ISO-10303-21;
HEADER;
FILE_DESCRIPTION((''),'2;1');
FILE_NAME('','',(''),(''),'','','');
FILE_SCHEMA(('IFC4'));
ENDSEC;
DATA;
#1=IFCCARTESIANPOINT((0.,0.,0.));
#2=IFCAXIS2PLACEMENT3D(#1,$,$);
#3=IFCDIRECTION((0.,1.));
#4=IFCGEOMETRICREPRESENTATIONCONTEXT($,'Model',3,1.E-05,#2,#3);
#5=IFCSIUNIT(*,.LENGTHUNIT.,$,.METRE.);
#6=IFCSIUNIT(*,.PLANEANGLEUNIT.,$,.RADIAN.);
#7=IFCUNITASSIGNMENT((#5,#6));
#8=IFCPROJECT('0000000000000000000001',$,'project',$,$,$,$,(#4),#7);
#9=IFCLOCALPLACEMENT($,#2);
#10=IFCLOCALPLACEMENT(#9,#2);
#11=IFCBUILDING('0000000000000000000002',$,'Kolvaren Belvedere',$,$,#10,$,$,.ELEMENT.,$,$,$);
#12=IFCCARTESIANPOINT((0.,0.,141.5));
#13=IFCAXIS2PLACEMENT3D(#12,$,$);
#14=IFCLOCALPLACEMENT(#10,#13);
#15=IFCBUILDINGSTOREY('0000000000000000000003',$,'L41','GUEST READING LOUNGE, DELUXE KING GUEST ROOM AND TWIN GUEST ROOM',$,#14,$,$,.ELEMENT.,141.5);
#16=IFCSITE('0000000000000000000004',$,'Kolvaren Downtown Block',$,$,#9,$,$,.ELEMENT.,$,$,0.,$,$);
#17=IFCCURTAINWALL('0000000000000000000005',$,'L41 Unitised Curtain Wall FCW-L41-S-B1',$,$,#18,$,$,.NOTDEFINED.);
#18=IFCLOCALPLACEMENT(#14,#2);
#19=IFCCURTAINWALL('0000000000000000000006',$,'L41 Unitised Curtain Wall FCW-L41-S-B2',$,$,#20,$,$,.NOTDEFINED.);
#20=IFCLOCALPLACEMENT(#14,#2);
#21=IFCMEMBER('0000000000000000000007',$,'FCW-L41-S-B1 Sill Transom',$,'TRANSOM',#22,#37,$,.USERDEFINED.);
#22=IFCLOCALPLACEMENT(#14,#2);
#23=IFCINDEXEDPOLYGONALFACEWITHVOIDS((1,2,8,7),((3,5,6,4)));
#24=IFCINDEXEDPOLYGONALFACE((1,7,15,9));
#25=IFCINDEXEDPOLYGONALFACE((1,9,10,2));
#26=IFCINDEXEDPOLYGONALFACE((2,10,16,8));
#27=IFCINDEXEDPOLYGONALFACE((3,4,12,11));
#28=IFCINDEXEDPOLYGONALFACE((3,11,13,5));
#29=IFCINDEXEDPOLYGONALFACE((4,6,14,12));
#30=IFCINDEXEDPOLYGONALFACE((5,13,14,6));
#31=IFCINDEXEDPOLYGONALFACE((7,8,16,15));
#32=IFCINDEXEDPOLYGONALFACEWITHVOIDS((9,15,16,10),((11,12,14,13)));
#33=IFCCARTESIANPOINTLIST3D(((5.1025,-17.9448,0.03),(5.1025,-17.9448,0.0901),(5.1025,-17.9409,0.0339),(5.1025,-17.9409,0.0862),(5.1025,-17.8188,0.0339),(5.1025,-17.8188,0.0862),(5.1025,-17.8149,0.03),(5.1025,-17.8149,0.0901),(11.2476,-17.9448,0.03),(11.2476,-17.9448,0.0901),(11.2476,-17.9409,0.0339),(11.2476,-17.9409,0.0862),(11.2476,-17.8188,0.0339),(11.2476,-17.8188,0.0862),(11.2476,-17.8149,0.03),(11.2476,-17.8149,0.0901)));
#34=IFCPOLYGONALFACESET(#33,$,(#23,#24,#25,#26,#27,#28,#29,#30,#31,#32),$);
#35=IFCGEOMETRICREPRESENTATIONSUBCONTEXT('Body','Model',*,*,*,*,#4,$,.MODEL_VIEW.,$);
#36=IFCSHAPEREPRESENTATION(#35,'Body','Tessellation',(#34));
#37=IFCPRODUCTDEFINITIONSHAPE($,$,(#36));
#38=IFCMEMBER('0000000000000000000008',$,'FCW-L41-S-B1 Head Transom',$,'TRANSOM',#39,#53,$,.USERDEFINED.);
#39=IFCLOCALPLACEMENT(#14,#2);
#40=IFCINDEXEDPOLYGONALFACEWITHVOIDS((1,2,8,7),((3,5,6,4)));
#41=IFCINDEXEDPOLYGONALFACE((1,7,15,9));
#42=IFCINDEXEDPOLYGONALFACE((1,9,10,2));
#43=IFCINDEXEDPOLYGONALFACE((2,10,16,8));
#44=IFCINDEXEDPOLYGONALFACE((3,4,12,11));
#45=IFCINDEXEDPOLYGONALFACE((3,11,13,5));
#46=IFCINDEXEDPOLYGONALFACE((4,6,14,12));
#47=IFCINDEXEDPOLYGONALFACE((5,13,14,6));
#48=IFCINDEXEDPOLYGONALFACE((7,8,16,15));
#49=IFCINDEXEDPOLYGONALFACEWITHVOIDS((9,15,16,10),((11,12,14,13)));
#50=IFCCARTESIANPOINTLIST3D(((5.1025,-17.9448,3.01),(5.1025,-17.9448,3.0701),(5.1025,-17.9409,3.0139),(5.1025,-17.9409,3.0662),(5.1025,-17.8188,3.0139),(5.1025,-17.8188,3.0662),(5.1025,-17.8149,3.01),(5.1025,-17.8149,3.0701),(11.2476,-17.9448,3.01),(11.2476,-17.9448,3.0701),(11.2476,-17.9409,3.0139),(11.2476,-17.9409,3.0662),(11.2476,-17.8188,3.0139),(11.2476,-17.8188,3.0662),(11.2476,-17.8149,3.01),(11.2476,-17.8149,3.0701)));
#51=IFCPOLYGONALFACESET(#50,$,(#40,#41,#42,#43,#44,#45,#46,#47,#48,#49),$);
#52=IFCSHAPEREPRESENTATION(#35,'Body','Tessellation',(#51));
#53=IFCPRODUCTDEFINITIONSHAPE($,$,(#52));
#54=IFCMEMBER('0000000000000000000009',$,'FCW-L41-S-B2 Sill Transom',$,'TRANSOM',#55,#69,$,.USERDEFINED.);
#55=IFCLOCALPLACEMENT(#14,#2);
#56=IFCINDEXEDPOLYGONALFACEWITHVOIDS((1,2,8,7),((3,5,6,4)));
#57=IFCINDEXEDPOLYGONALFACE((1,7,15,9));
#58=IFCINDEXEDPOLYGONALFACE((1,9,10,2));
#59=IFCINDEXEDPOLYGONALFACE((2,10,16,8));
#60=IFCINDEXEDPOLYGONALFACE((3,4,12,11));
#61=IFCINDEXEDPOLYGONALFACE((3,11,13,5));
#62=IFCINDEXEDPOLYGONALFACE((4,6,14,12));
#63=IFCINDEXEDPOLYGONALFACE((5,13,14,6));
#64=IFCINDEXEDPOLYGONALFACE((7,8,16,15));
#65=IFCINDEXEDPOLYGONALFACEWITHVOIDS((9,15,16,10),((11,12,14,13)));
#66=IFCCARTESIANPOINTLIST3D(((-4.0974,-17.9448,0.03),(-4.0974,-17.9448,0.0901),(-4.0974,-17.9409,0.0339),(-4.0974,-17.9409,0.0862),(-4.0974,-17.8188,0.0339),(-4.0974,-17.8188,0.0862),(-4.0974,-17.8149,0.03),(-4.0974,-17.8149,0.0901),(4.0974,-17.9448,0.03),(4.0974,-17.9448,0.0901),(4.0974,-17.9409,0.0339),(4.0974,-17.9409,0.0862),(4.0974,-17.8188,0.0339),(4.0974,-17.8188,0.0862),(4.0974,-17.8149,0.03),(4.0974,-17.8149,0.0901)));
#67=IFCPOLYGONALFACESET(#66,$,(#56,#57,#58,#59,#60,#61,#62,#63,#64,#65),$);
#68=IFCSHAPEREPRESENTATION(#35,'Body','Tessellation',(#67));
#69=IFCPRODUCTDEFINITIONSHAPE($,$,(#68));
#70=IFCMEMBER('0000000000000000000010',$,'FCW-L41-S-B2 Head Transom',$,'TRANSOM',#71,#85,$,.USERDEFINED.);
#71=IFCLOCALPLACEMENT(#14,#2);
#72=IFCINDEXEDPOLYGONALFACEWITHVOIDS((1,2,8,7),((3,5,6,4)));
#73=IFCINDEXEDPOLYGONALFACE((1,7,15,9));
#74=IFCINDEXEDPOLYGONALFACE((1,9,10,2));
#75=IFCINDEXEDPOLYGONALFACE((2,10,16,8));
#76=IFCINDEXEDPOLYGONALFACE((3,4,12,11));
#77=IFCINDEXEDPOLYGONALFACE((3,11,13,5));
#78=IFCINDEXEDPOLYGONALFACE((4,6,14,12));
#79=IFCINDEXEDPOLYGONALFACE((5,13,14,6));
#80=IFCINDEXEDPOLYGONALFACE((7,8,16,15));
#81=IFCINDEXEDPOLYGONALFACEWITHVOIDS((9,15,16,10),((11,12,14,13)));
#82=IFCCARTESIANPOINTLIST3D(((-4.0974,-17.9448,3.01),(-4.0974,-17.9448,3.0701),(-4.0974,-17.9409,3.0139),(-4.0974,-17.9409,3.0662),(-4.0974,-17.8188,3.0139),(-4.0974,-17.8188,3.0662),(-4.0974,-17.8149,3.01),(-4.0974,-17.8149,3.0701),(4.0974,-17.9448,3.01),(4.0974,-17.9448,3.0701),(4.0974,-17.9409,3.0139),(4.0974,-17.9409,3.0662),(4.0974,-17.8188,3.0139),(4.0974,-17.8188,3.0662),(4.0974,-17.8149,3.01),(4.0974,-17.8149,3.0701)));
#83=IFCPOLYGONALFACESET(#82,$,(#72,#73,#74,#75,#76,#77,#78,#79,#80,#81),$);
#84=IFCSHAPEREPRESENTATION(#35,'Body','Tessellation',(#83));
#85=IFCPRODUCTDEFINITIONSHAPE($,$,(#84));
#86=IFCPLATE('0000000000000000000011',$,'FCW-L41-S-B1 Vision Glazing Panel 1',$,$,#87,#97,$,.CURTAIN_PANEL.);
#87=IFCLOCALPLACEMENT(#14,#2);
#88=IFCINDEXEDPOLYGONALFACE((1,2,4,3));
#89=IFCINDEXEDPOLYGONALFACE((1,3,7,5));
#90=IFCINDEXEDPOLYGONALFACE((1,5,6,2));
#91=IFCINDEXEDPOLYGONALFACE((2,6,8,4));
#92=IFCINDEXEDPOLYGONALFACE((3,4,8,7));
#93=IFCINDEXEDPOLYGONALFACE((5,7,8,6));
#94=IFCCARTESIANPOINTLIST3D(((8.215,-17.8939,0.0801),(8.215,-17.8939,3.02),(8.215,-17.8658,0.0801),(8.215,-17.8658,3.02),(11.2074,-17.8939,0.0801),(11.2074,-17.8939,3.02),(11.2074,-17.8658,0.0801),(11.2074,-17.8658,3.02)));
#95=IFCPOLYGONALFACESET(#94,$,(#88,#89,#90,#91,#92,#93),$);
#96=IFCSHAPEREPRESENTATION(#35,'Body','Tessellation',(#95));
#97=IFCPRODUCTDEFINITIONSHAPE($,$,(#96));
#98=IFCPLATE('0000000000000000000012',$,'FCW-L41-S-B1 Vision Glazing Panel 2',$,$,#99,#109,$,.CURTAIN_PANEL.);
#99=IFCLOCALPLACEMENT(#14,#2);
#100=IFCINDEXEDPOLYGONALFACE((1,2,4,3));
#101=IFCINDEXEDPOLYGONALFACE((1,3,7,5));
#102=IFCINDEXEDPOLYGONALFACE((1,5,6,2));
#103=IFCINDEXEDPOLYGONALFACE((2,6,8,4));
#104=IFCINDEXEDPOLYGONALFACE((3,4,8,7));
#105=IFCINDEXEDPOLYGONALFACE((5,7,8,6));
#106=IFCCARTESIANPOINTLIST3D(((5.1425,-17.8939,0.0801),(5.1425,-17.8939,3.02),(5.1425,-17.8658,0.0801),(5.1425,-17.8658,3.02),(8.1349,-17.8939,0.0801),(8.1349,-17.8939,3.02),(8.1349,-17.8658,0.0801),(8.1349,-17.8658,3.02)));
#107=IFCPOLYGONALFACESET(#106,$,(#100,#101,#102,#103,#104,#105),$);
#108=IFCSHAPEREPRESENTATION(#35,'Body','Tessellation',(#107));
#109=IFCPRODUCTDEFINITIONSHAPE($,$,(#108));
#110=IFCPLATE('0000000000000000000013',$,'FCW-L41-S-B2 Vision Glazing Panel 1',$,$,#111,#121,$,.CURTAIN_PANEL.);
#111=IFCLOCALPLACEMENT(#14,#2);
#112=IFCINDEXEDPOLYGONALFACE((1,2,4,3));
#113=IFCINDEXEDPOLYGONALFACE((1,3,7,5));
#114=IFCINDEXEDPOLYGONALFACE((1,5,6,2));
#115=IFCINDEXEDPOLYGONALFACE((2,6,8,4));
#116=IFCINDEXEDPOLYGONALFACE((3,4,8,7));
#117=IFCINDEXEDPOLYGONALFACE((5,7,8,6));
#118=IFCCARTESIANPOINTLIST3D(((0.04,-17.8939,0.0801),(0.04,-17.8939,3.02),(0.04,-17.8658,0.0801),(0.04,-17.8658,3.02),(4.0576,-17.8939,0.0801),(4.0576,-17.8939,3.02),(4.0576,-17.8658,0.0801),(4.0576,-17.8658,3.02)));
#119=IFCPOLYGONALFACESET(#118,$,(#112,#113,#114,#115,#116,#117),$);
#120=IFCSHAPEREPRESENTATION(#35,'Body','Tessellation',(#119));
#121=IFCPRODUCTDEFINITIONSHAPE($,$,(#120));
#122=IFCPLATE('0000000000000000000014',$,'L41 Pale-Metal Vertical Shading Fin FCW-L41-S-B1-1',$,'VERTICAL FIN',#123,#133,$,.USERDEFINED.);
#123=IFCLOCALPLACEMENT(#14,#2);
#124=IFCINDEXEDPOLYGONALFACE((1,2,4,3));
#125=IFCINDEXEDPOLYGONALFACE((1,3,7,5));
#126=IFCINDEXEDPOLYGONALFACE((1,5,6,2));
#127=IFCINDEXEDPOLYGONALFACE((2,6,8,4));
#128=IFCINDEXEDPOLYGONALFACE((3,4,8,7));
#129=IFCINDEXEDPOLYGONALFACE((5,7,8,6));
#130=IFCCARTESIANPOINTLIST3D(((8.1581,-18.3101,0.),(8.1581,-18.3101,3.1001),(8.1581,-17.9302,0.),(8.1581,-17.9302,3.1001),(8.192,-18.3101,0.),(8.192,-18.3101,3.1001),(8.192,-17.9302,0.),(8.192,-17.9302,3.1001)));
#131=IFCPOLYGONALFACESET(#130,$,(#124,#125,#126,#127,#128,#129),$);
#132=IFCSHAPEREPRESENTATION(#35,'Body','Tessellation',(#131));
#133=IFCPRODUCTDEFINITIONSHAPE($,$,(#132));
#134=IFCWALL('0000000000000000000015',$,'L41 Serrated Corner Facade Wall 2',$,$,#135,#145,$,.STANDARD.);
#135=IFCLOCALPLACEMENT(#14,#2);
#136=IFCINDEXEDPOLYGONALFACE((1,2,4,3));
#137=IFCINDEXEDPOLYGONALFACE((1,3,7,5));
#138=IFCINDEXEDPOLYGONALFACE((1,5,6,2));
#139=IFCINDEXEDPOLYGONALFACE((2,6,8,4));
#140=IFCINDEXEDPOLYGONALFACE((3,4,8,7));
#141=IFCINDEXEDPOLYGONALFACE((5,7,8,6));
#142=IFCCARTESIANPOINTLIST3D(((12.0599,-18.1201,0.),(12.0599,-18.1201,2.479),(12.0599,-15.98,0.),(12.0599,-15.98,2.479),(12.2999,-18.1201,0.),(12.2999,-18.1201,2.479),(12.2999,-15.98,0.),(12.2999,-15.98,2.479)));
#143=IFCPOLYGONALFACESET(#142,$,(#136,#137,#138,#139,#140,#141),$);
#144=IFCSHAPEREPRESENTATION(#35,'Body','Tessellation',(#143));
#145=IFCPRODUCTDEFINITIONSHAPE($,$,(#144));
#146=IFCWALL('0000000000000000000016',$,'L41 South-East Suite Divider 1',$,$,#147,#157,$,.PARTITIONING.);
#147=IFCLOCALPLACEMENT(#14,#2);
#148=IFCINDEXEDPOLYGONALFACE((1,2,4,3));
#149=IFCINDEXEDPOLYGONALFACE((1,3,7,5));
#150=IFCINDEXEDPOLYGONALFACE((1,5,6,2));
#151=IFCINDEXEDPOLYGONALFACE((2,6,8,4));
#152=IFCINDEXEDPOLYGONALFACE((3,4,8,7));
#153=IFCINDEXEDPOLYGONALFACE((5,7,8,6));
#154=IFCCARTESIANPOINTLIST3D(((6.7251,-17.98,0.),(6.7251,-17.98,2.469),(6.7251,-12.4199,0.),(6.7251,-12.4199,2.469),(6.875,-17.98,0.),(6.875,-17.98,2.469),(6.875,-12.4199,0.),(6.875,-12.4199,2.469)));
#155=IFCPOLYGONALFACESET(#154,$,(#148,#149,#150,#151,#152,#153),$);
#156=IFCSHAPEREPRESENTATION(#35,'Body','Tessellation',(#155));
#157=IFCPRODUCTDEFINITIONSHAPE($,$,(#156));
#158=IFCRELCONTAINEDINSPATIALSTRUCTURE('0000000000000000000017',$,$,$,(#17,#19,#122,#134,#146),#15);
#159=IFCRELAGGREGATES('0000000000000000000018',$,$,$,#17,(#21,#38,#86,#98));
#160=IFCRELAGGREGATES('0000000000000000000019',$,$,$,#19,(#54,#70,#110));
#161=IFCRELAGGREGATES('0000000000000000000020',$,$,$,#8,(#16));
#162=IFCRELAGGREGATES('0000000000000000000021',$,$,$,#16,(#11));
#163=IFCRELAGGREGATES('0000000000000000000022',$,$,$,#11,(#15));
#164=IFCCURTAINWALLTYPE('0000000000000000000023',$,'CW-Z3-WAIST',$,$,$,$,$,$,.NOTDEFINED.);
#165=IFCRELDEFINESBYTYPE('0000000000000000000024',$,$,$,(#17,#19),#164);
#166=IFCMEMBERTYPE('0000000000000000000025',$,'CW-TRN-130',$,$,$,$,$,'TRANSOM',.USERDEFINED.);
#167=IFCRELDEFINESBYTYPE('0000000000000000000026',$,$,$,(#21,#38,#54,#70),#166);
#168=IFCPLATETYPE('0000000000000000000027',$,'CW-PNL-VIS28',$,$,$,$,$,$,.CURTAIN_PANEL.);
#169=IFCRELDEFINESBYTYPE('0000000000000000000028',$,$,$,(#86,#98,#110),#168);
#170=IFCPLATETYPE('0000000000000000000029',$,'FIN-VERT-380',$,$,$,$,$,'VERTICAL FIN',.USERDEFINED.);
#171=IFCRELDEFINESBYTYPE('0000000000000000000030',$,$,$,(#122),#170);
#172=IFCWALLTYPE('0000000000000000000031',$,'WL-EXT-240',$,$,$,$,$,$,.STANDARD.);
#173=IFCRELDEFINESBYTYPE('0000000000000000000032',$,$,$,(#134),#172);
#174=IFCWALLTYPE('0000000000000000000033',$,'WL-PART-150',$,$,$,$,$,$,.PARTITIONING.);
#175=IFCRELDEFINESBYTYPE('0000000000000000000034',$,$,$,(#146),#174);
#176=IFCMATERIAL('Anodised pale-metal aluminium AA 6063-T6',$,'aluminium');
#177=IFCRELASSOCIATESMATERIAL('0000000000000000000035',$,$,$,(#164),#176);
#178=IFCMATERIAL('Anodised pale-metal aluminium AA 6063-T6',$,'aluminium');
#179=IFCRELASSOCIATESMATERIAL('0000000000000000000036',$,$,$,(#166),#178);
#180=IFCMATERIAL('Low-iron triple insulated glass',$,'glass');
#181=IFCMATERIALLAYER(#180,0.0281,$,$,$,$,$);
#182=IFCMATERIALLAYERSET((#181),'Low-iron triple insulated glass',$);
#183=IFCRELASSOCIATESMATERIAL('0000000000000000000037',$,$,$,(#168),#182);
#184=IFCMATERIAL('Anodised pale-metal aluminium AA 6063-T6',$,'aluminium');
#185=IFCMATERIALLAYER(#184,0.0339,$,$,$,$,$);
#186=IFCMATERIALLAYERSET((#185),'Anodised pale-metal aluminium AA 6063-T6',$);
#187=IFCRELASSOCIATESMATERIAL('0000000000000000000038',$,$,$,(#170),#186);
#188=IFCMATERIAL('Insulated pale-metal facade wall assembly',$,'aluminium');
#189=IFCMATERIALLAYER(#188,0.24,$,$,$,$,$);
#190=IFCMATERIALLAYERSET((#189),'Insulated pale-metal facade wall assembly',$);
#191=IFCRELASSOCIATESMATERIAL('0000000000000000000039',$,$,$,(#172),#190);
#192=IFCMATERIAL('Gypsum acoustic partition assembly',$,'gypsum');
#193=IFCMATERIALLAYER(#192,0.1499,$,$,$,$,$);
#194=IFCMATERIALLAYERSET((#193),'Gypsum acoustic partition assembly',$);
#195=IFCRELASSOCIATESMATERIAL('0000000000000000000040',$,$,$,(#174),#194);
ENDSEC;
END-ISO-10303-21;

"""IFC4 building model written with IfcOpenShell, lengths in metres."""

from ifc_helpers import new_model, si_unit, direction, frame, frame_2d, origin, origin_2d, place, context, subcontext, project, spatial, rectangle, hollow_rectangle, extrude, material, layer, layer_set, material_profile, profile_set, type_object, element, aggregate, save


model = new_model("IFC4")

# Units and contexts
model_context = context("Model", 3, precision=1e-05, world=origin(), true_north=direction((0.0, 1.0)))
body_context = subcontext(model_context, "Body", "Model", "MODEL_VIEW")
ifc_project = project(units=[si_unit("LENGTHUNIT", "METRE"), si_unit("PLANEANGLEUNIT", "RADIAN")], contexts=[model_context])

# Site, building, storey
site_placement = place(None, origin())
site = spatial("IfcSite", under=ifc_project, at=site_placement, Name="Kolvaren Downtown Block", CompositionType="ELEMENT", RefElevation=0.0)
building_placement = place(site_placement, origin())
building = spatial("IfcBuilding", under=site, at=building_placement, Name="Kolvaren Belvedere", CompositionType="ELEMENT")
storey_placement = place(building_placement, frame((0.0, 0.0, 141.5)))
storey = spatial("IfcBuildingStorey", under=building, at=storey_placement, Name="L41", Description="GUEST READING LOUNGE, DELUXE KING GUEST ROOM AND TWIN GUEST ROOM", CompositionType="ELEMENT", Elevation=141.5)

# Curtain wall
ifc_material_1 = material(Name="Anodised pale-metal aluminium AA 6063-T6", Category="aluminium")
curtain_wall_type = type_object("IfcCurtainWallType", Name="CW-Z3-WAIST", PredefinedType="NOTDEFINED", material=ifc_material_1)
curtain_wall_1_placement = place(storey_placement, origin())
curtain_wall_1 = element("IfcCurtainWall", 1, at=curtain_wall_1_placement, inside=storey, type_object=curtain_wall_type, Name="L41 Unitised Curtain Wall FCW-L41-S-B1", PredefinedType="NOTDEFINED")

# Curtain wall
curtain_wall_2_placement = place(storey_placement, origin())
curtain_wall_2 = element("IfcCurtainWall", 2, at=curtain_wall_2_placement, inside=storey, type_object=curtain_wall_type, Name="L41 Unitised Curtain Wall FCW-L41-S-B2", PredefinedType="NOTDEFINED")

# Members
ifc_material_2 = material(Name="Anodised pale-metal aluminium AA 6063-T6", Category="aluminium")
ifc_material_profile_1 = material_profile(ifc_material_2, hollow_rectangle(XDim=0.0601, YDim=0.1299, WallThickness=0.0039, at=origin_2d()), Name="ALU-TRN-130X60")
ifc_profile_set_1 = profile_set([ifc_material_profile_1], Name="Anodised pale-metal aluminium AA 6063-T6")
member_type_1 = type_object("IfcMemberType", Name="CW-TRN-130", ElementType="TRANSOM", PredefinedType="USERDEFINED", material=ifc_profile_set_1)
member_1_placement = place(storey_placement, frame((11.2476, -17.8799, 0.0601), z_axis=(-1.0, 0.0, 0.0), x_axis=(0.0, 0.0, 1.0)))
member_1 = element("IfcMember", 3, at=member_1_placement, type_object=member_type_1, Name="FCW-L41-S-B1 Sill Transom", ObjectType="TRANSOM", PredefinedType="USERDEFINED", context=body_context, shape_type="SweptSolid", body=[
    extrude(hollow_rectangle(XDim=0.0601, YDim=0.1299, WallThickness=0.0039, at=origin_2d()), origin(), (0.0, 0.0, 1.0), 6.145),
])
member_2_placement = place(storey_placement, frame((11.2476, -17.8799, 3.04), z_axis=(-1.0, 0.0, 0.0), x_axis=(0.0, 0.0, 1.0)))
member_2 = element("IfcMember", 4, at=member_2_placement, type_object=member_type_1, Name="FCW-L41-S-B1 Head Transom", ObjectType="TRANSOM", PredefinedType="USERDEFINED", context=body_context, shape_type="SweptSolid", body=[
    extrude(hollow_rectangle(XDim=0.0601, YDim=0.1299, WallThickness=0.0039, at=origin_2d()), origin(), (0.0, 0.0, 1.0), 6.145),
])
member_3_placement = place(storey_placement, frame((4.0974, -17.8799, 0.0601), z_axis=(-1.0, 0.0, 0.0), x_axis=(0.0, 0.0, 1.0)))
member_3 = element("IfcMember", 5, at=member_3_placement, type_object=member_type_1, Name="FCW-L41-S-B2 Sill Transom", ObjectType="TRANSOM", PredefinedType="USERDEFINED", context=body_context, shape_type="SweptSolid", body=[
    extrude(hollow_rectangle(XDim=0.0601, YDim=0.1299, WallThickness=0.0039, at=origin_2d()), origin(), (0.0, 0.0, 1.0), 8.1948),
])
member_4_placement = place(storey_placement, frame((4.0974, -17.8799, 3.04), z_axis=(-1.0, 0.0, 0.0), x_axis=(0.0, 0.0, 1.0)))
member_4 = element("IfcMember", 6, at=member_4_placement, type_object=member_type_1, Name="FCW-L41-S-B2 Head Transom", ObjectType="TRANSOM", PredefinedType="USERDEFINED", context=body_context, shape_type="SweptSolid", body=[
    extrude(hollow_rectangle(XDim=0.0601, YDim=0.1299, WallThickness=0.0039, at=origin_2d()), origin(), (0.0, 0.0, 1.0), 8.1948),
])

# Plates
ifc_material_3 = material(Name="Low-iron triple insulated glass", Category="glass")
ifc_layer_1 = layer(ifc_material_3, 0.0281)
ifc_layer_set_1 = layer_set([ifc_layer_1], Name="Low-iron triple insulated glass")
plate_type_1 = type_object("IfcPlateType", Name="CW-PNL-VIS28", PredefinedType="CURTAIN_PANEL", material=ifc_layer_set_1)
plate_1_placement = place(storey_placement, frame((9.7112, -17.8799, 0.0801), z_axis=(0.0, 0.0, 1.0), x_axis=(-1.0, 0.0, 0.0)))
plate_1 = element("IfcPlate", 7, at=plate_1_placement, type_object=plate_type_1, Name="FCW-L41-S-B1 Vision Glazing Panel 1", PredefinedType="CURTAIN_PANEL", context=body_context, shape_type="SweptSolid", body=[
    extrude(rectangle(XDim=2.9924, YDim=0.0281, at=origin_2d()), origin(), (0.0, 0.0, 1.0), 2.9399),
])
plate_2_placement = place(storey_placement, frame((6.6387, -17.8799, 0.0801), z_axis=(0.0, 0.0, 1.0), x_axis=(-1.0, 0.0, 0.0)))
plate_2 = element("IfcPlate", 8, at=plate_2_placement, type_object=plate_type_1, Name="FCW-L41-S-B1 Vision Glazing Panel 2", PredefinedType="CURTAIN_PANEL", context=body_context, shape_type="SweptSolid", body=[
    extrude(rectangle(XDim=2.9924, YDim=0.0281, at=origin_2d()), origin(), (0.0, 0.0, 1.0), 2.9399),
])
aggregate(curtain_wall_1, [member_1, member_2, plate_1, plate_2])
plate_3_placement = place(storey_placement, frame((2.0488, -17.8799, 0.0801), z_axis=(0.0, 0.0, 1.0), x_axis=(-1.0, 0.0, 0.0)))
plate_3 = element("IfcPlate", 9, at=plate_3_placement, type_object=plate_type_1, Name="FCW-L41-S-B2 Vision Glazing Panel 1", PredefinedType="CURTAIN_PANEL", context=body_context, shape_type="SweptSolid", body=[
    extrude(rectangle(XDim=4.0176, YDim=0.0281, at=origin_2d()), origin(), (0.0, 0.0, 1.0), 2.9399),
])
aggregate(curtain_wall_2, [member_3, member_4, plate_3])
ifc_material_4 = material(Name="Anodised pale-metal aluminium AA 6063-T6", Category="aluminium")
ifc_layer_2 = layer(ifc_material_4, 0.0339)
ifc_layer_set_2 = layer_set([ifc_layer_2], Name="Anodised pale-metal aluminium AA 6063-T6")
plate_type_2 = type_object("IfcPlateType", Name="FIN-VERT-380", ElementType="VERTICAL FIN", PredefinedType="USERDEFINED", material=ifc_layer_set_2)
plate_4_placement = place(storey_placement, frame((8.175, -18.1201, 0.0), z_axis=(0.0, 0.0, 1.0), x_axis=(0.0, 1.0, 0.0)))
element("IfcPlate", 10, at=plate_4_placement, inside=storey, type_object=plate_type_2, Name="L41 Pale-Metal Vertical Shading Fin FCW-L41-S-B1-1", ObjectType="VERTICAL FIN", PredefinedType="USERDEFINED", context=body_context, shape_type="SweptSolid", body=[
    extrude(rectangle(XDim=0.3799, YDim=0.0339, at=origin_2d()), origin(), (0.0, 0.0, 1.0), 3.1001),
])

# Walls
ifc_material_5 = material(Name="Insulated pale-metal facade wall assembly", Category="aluminium")
ifc_layer_3 = layer(ifc_material_5, 0.24)
ifc_layer_set_3 = layer_set([ifc_layer_3], Name="Insulated pale-metal facade wall assembly")
wall_type_1 = type_object("IfcWallType", Name="WL-EXT-240", PredefinedType="STANDARD", material=ifc_layer_set_3)
wall_1_placement = place(storey_placement, frame((12.1799, -15.98, 0.0), z_axis=(0.0, 0.0, 1.0), x_axis=(0.0, -1.0, 0.0)))
element("IfcWall", 11, at=wall_1_placement, inside=storey, type_object=wall_type_1, Name="L41 Serrated Corner Facade Wall 2", PredefinedType="STANDARD", context=body_context, shape_type="SweptSolid", body=[
    extrude(rectangle(XDim=2.1401, YDim=0.24, at=frame_2d((1.0701, 0.0))), origin(), (0.0, 0.0, 1.0), 2.479),
])
ifc_material_6 = material(Name="Gypsum acoustic partition assembly", Category="gypsum")
ifc_layer_4 = layer(ifc_material_6, 0.1499)
ifc_layer_set_4 = layer_set([ifc_layer_4], Name="Gypsum acoustic partition assembly")
wall_type_2 = type_object("IfcWallType", Name="WL-PART-150", PredefinedType="PARTITIONING", material=ifc_layer_set_4)
wall_2_placement = place(storey_placement, frame((6.8, -17.98, 0.0), z_axis=(0.0, 0.0, 1.0), x_axis=(0.0, 1.0, 0.0)))
element("IfcWall", 12, at=wall_2_placement, inside=storey, type_object=wall_type_2, Name="L41 South-East Suite Divider 1", PredefinedType="PARTITIONING", context=body_context, shape_type="SweptSolid", body=[
    extrude(rectangle(XDim=5.5601, YDim=0.1499, at=frame_2d((2.78, 0.0))), origin(), (0.0, 0.0, 1.0), 2.469),
])

save(model, "model.ifc")
